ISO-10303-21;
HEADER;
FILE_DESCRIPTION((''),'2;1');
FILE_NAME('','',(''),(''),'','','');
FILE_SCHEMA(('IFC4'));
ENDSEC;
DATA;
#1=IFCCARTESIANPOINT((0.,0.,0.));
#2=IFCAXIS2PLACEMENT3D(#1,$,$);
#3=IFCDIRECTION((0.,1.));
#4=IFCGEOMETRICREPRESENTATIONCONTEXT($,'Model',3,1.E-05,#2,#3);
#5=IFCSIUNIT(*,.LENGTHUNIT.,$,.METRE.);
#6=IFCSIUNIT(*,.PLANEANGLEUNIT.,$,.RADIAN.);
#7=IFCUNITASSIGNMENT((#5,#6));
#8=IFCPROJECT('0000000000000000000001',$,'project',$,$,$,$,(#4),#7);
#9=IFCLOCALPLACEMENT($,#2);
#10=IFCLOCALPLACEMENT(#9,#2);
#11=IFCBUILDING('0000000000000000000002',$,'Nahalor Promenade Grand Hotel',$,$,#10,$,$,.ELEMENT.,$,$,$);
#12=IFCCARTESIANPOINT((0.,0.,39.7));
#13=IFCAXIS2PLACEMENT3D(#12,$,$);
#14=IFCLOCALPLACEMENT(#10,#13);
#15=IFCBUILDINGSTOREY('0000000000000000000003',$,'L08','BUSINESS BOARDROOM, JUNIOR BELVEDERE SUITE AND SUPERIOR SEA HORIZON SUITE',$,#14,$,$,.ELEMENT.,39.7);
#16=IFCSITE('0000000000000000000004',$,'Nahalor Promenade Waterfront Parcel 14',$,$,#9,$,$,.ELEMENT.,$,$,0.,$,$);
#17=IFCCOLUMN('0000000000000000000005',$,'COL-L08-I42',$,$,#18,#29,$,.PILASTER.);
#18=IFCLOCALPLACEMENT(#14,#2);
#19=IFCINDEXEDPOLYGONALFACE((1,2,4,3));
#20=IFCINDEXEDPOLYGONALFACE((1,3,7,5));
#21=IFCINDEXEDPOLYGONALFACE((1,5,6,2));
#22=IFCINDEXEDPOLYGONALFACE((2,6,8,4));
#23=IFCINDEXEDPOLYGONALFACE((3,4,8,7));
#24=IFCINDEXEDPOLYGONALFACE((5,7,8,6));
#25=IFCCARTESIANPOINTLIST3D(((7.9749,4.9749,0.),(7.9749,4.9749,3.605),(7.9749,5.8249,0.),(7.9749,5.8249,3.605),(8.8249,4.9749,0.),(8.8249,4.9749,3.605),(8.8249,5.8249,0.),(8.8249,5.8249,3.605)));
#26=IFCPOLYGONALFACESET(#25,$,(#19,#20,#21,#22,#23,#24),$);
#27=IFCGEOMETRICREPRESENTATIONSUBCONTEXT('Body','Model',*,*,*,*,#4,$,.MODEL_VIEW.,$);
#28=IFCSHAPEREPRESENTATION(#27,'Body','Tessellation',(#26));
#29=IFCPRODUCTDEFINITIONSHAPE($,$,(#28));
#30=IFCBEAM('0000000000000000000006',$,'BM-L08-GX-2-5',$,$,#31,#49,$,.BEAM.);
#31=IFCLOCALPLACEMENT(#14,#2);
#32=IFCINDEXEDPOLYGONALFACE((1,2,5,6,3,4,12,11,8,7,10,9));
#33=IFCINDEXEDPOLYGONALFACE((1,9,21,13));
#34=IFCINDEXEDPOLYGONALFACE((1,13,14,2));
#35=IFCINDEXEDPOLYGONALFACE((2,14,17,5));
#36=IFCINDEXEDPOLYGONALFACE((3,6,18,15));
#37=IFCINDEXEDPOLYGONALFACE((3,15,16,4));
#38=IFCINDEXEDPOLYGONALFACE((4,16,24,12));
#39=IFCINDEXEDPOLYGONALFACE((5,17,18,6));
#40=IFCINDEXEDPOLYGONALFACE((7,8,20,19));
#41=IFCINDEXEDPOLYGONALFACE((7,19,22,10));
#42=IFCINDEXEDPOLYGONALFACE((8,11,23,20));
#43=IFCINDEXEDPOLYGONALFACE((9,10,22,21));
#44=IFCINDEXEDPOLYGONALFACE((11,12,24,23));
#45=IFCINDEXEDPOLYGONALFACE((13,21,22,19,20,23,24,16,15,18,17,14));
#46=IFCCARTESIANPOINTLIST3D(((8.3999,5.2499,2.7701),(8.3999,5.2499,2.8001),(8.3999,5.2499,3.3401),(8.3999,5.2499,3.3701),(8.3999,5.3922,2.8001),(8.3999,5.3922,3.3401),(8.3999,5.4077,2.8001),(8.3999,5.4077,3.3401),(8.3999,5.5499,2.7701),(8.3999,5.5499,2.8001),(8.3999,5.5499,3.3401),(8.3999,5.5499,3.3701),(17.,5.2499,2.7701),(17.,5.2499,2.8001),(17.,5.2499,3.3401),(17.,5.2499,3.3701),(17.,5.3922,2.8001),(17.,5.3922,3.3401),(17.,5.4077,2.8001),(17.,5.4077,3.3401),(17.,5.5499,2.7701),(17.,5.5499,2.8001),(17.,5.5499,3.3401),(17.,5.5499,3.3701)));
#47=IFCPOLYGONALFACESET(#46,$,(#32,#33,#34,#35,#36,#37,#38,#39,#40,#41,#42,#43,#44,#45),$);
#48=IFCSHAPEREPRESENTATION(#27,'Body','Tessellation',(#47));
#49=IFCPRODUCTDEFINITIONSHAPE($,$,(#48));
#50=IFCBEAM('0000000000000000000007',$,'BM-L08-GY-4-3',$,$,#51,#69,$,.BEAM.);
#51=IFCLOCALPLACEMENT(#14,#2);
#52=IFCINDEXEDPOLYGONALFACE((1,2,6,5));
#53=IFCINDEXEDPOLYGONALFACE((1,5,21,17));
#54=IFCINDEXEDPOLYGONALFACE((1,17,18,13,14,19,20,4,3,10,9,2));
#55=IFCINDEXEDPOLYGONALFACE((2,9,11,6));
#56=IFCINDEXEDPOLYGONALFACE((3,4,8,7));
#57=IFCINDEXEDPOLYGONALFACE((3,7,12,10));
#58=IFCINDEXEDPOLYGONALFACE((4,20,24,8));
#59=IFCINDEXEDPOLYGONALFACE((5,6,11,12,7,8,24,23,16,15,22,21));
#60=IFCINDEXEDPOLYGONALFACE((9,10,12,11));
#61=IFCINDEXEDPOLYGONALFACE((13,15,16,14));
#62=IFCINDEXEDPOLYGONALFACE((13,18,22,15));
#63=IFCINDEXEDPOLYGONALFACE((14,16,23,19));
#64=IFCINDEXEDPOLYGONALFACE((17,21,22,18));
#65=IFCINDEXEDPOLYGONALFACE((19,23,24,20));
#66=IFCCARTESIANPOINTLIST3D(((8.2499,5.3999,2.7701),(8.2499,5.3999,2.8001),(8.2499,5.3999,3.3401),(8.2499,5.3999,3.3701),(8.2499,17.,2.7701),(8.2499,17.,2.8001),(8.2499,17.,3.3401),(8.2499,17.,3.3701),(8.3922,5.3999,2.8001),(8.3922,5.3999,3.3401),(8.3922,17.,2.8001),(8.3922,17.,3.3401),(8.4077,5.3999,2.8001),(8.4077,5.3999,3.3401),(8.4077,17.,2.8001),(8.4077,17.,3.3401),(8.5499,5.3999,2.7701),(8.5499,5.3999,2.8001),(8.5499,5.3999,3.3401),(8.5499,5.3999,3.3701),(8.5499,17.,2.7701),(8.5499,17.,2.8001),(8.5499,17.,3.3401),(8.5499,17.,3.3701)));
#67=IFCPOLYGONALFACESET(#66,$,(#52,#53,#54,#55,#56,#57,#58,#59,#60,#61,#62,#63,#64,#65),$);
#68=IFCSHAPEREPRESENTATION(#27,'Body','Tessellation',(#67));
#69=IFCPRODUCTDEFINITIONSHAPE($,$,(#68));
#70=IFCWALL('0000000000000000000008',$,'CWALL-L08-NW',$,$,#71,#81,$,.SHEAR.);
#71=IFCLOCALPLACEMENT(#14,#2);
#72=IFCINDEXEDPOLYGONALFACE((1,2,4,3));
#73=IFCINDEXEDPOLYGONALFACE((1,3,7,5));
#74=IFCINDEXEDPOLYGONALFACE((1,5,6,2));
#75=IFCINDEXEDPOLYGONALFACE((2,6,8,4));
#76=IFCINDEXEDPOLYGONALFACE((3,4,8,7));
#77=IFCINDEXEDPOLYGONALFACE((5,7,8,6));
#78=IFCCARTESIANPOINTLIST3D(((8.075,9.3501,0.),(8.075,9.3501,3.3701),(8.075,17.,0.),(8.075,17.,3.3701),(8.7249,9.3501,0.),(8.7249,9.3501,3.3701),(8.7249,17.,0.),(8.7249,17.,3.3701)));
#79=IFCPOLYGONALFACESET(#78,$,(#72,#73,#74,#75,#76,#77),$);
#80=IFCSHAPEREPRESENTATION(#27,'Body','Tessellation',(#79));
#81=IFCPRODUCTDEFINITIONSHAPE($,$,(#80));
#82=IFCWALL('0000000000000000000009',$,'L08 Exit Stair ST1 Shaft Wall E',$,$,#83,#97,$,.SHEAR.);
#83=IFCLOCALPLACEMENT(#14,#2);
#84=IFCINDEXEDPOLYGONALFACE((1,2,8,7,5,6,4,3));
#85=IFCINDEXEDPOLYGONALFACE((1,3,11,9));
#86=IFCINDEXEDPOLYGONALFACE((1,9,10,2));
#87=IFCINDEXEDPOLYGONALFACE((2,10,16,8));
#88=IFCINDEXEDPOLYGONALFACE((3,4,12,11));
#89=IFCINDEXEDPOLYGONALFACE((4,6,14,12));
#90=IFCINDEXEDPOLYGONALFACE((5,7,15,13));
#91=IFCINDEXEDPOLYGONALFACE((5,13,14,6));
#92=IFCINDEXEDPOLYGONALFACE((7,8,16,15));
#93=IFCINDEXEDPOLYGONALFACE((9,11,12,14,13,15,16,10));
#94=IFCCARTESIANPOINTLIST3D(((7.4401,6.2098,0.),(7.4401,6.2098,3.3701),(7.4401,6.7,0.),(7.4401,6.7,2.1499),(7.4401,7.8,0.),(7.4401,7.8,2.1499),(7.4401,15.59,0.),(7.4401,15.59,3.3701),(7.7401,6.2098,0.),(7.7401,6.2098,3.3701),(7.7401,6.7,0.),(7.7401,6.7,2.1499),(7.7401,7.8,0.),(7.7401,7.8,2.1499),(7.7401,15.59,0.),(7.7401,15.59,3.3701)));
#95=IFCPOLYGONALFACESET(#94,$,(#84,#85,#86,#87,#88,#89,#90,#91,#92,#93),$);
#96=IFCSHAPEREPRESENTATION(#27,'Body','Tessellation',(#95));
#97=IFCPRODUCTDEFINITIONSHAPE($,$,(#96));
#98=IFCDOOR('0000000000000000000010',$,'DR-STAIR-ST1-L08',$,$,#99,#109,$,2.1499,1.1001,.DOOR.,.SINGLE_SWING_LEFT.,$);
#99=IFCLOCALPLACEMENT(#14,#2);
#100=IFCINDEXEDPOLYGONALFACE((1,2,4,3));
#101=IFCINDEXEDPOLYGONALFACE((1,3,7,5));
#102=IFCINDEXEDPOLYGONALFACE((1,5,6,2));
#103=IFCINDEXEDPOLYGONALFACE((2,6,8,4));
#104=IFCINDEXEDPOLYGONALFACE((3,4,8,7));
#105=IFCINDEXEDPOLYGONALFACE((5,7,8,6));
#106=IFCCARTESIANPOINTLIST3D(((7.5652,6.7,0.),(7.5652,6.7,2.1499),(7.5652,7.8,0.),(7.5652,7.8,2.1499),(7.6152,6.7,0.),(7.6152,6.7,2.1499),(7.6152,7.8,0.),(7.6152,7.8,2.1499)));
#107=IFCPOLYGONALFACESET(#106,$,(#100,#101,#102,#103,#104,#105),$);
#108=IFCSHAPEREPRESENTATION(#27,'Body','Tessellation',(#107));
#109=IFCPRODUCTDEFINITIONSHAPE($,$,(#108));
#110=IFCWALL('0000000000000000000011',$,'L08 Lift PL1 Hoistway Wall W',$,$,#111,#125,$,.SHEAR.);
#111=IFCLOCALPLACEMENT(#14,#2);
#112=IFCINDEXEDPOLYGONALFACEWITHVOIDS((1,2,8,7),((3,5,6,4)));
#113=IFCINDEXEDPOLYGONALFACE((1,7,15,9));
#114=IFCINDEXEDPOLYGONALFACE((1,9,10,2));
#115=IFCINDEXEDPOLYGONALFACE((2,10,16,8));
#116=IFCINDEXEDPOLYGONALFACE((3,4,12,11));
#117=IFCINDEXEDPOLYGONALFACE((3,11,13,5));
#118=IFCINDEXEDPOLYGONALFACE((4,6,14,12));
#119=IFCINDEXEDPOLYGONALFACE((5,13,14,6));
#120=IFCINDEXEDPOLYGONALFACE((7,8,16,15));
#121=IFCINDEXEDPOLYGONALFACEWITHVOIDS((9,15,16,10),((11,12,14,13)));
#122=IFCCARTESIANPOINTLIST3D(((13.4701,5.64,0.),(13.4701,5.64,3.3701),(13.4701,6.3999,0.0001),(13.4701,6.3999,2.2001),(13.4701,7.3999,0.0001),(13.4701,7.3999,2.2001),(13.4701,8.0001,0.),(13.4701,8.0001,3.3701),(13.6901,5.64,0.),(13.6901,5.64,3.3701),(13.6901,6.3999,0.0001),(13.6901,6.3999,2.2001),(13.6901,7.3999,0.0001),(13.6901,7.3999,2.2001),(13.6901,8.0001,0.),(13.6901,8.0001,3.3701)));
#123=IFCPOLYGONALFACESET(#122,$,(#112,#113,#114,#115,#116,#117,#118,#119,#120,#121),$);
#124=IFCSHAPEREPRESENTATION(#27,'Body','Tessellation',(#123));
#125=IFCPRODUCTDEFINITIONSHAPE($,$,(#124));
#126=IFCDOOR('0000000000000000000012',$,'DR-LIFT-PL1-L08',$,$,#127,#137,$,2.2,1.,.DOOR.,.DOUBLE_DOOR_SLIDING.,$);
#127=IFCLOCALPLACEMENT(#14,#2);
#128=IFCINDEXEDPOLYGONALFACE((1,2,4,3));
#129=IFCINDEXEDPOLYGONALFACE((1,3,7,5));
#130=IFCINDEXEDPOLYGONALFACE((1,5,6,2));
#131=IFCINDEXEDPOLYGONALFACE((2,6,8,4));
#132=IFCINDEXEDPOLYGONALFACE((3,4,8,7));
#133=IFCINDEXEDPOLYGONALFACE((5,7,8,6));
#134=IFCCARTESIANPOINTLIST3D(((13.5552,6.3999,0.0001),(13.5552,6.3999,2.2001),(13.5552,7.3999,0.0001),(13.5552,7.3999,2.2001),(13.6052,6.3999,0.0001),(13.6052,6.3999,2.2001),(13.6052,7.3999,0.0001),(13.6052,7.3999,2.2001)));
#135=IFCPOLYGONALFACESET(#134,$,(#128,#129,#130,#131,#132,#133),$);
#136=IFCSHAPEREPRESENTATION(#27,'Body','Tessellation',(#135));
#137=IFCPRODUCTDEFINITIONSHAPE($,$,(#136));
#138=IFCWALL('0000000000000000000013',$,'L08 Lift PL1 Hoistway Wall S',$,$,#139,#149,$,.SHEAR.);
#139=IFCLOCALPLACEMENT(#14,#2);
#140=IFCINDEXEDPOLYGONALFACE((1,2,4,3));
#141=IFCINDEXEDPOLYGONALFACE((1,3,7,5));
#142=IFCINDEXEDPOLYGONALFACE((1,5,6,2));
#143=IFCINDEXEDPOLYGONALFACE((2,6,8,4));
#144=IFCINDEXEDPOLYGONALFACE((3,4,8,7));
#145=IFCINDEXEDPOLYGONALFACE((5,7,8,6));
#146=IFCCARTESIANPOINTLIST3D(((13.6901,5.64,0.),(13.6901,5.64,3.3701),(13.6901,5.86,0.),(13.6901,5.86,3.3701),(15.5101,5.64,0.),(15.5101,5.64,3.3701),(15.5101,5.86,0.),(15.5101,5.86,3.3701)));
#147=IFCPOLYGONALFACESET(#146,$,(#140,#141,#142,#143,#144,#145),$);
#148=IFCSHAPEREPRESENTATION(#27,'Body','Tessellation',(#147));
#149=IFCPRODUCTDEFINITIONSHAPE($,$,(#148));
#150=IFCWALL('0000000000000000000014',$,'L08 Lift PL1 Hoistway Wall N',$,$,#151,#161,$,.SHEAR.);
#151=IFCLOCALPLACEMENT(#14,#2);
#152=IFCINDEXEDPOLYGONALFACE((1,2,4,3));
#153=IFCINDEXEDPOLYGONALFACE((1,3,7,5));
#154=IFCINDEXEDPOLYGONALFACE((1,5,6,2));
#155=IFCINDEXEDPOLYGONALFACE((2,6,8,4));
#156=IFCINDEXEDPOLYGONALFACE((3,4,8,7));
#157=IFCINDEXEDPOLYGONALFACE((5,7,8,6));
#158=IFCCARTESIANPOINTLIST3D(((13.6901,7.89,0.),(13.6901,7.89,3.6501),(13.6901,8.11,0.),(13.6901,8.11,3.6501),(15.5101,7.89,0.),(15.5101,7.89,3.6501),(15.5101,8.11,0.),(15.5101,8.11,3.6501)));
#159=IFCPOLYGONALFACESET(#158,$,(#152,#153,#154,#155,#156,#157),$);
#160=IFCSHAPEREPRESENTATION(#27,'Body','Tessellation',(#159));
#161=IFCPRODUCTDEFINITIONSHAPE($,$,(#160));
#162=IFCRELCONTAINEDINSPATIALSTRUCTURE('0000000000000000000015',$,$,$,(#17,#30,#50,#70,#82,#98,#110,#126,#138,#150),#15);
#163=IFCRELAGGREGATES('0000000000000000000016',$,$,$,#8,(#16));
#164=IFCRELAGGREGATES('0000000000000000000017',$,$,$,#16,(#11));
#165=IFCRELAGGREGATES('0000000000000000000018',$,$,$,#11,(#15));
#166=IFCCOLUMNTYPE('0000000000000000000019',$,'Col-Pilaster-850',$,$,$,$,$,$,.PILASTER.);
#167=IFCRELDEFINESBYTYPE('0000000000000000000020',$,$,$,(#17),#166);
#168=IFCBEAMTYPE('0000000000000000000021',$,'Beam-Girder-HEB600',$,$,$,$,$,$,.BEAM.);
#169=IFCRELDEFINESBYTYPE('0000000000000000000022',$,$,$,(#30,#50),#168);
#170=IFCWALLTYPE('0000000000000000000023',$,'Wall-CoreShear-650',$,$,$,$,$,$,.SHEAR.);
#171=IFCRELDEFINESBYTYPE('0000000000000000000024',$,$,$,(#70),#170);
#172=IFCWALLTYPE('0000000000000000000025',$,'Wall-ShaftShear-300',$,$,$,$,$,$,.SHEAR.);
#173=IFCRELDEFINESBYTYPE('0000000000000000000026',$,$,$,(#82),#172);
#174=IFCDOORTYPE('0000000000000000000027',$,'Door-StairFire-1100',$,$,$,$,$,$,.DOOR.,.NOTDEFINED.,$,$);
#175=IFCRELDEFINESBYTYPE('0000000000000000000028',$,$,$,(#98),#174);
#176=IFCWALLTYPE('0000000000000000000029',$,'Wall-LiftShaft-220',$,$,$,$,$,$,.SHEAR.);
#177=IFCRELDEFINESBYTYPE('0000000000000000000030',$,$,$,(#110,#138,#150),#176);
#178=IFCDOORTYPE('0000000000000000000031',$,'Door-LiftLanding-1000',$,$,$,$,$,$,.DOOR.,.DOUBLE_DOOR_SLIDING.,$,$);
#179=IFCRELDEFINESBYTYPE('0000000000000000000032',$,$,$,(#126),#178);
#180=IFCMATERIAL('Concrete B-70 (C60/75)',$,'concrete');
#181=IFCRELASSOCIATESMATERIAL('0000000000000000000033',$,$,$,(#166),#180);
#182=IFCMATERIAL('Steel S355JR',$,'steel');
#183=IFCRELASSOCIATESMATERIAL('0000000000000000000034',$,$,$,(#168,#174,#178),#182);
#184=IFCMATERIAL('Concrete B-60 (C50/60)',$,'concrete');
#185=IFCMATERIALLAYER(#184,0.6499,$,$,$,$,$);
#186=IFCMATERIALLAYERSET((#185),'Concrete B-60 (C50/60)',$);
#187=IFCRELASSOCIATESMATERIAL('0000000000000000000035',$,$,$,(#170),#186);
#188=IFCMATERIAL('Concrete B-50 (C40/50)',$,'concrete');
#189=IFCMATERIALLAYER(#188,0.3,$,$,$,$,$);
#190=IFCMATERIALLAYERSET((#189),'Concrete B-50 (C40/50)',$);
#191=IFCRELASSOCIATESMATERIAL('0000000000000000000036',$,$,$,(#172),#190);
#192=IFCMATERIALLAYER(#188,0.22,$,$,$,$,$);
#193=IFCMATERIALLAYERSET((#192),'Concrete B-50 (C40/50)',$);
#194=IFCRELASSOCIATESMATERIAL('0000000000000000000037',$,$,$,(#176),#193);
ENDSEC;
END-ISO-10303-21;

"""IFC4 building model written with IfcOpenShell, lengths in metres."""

from ifc_helpers import new_model, si_unit, direction, frame, frame_2d, origin, origin_2d, place, context, subcontext, project, spatial, rectangle, i_section, extrude, source, transform, mapped, material, layer, layer_set, material_profile, profile_set, type_object, element, fill, save


model = new_model("IFC4")

# Units and contexts
model_context = context("Model", 3, precision=1e-05, world=origin(), true_north=direction((0.0, 1.0)))
body_context = subcontext(model_context, "Body", "Model", "MODEL_VIEW")
ifc_project = project(units=[si_unit("LENGTHUNIT", "METRE"), si_unit("PLANEANGLEUNIT", "RADIAN")], contexts=[model_context])

# Site, building, storey
site_placement = place(None, origin())
site = spatial("IfcSite", under=ifc_project, at=site_placement, Name="Nahalor Promenade Waterfront Parcel 14", CompositionType="ELEMENT", RefElevation=0.0)
building_placement = place(site_placement, origin())
building = spatial("IfcBuilding", under=site, at=building_placement, Name="Nahalor Promenade Grand Hotel", CompositionType="ELEMENT")
storey_placement = place(building_placement, frame((0.0, 0.0, 39.7)))
storey = spatial("IfcBuildingStorey", under=building, at=storey_placement, Name="L08", Description="BUSINESS BOARDROOM, JUNIOR BELVEDERE SUITE AND SUPERIOR SEA HORIZON SUITE", CompositionType="ELEMENT", Elevation=39.7)

# Column
ifc_material_1 = material(Name="Concrete B-70 (C60/75)", Category="concrete")
ifc_material_profile_1 = material_profile(ifc_material_1, rectangle(XDim=0.85, YDim=0.85, at=origin_2d()), Name="RC 850x850")
ifc_profile_set_1 = profile_set([ifc_material_profile_1], Name="Concrete B-70 (C60/75)")
column_type = type_object("IfcColumnType", Name="Col-Pilaster-850", PredefinedType="PILASTER", material=ifc_profile_set_1)
shared_shape_1 = source(origin(), body_context, "Body", "SweptSolid", [
    extrude(rectangle(XDim=0.85, YDim=0.85, at=origin_2d()), origin(), (0.0, 0.0, 1.0), 3.605),
])
column_placement = place(storey_placement, frame((8.3999, 5.3999, 0.0), z_axis=(0.0, 0.0, 1.0), x_axis=(1.0, 0.0, 0.0)))
element("IfcColumn", 1, at=column_placement, inside=storey, type_object=column_type, Name="COL-L08-I42", PredefinedType="PILASTER", context=body_context, shape_type="MappedRepresentation", body=[
    mapped(shared_shape_1, transform((0.0, 0.0, 0.0), scale=1.0)),
])

# Beams
ifc_material_2 = material(Name="Steel S355JR", Category="steel")
ifc_material_profile_2 = material_profile(ifc_material_2, i_section(OverallWidth=0.3, OverallDepth=0.6, WebThickness=0.0155, FlangeThickness=0.03, at=origin_2d()), Name="HEB 600")
ifc_profile_set_2 = profile_set([ifc_material_profile_2], Name="Steel S355JR")
beam_type = type_object("IfcBeamType", Name="Beam-Girder-HEB600", PredefinedType="BEAM", material=ifc_profile_set_2)
shared_shape_2 = source(origin(), body_context, "Body", "SweptSolid", [
    extrude(i_section(OverallWidth=0.3, OverallDepth=0.6, WebThickness=0.0155, FlangeThickness=0.03, at=origin_2d()), origin(), (0.0, 0.0, 1.0), 8.6001),
])
beam_1_placement = place(storey_placement, frame((8.3999, 5.3999, 3.0701), z_axis=(1.0, 0.0, 0.0), x_axis=(0.0, 1.0, 0.0)))
element("IfcBeam", 2, at=beam_1_placement, inside=storey, type_object=beam_type, Name="BM-L08-GX-2-5", PredefinedType="BEAM", context=body_context, shape_type="MappedRepresentation", body=[
    mapped(shared_shape_2, transform((0.0, 0.0, 0.0), scale=1.0)),
])
shared_shape_3 = source(origin(), body_context, "Body", "SweptSolid", [
    extrude(i_section(OverallWidth=0.3, OverallDepth=0.6, WebThickness=0.0155, FlangeThickness=0.03, at=origin_2d()), origin(), (0.0, 0.0, 1.0), 11.6001),
])
beam_2_placement = place(storey_placement, frame((8.3999, 5.3999, 3.0701), z_axis=(0.0, 1.0, 0.0), x_axis=(-1.0, 0.0, 0.0)))
element("IfcBeam", 3, at=beam_2_placement, inside=storey, type_object=beam_type, Name="BM-L08-GY-4-3", PredefinedType="BEAM", context=body_context, shape_type="MappedRepresentation", body=[
    mapped(shared_shape_3, transform((0.0, 0.0, 0.0), scale=1.0)),
])

# Wall
ifc_material_3 = material(Name="Concrete B-60 (C50/60)", Category="concrete")
ifc_layer_1 = layer(ifc_material_3, 0.6499)
ifc_layer_set_1 = layer_set([ifc_layer_1], Name="Concrete B-60 (C50/60)")
wall_type_1 = type_object("IfcWallType", Name="Wall-CoreShear-650", PredefinedType="SHEAR", material=ifc_layer_set_1)
shared_shape_4 = source(origin(), body_context, "Body", "SweptSolid", [
    extrude(rectangle(XDim=7.6499, YDim=0.6499, at=frame_2d((3.825, 0.0))), origin(), (0.0, 0.0, 1.0), 3.3701),
])
wall_1_placement = place(storey_placement, frame((8.3999, 9.3501, 0.0), z_axis=(0.0, 0.0, 1.0), x_axis=(0.0, 1.0, 0.0)))
element("IfcWall", 4, at=wall_1_placement, inside=storey, type_object=wall_type_1, Name="CWALL-L08-NW", PredefinedType="SHEAR", context=body_context, shape_type="MappedRepresentation", body=[
    mapped(shared_shape_4, transform((0.0, 0.0, 0.0), scale=1.0)),
])

# Walls, openings, doors
ifc_material_4 = material(Name="Concrete B-50 (C40/50)", Category="concrete")
ifc_layer_2 = layer(ifc_material_4, 0.3)
ifc_layer_set_2 = layer_set([ifc_layer_2], Name="Concrete B-50 (C40/50)")
wall_type_2 = type_object("IfcWallType", Name="Wall-ShaftShear-300", PredefinedType="SHEAR", material=ifc_layer_set_2)
shared_shape_5 = source(origin(), body_context, "Body", "SweptSolid", [
    extrude(rectangle(XDim=9.3801, YDim=0.3, at=frame_2d((4.6899, 0.0))), origin(), (0.0, 0.0, 1.0), 3.3701),
])
wall_2_placement = place(storey_placement, frame((7.5901, 6.21, 0.0), z_axis=(0.0, 0.0, 1.0), x_axis=(0.0, 1.0, 0.0)))
wall_2 = element("IfcWall", 5, at=wall_2_placement, inside=storey, type_object=wall_type_2, Name="L08 Exit Stair ST1 Shaft Wall E", PredefinedType="SHEAR", context=body_context, shape_type="MappedRepresentation", body=[
    mapped(shared_shape_5, transform((0.0, 0.0, 0.0), scale=1.0)),
])
opening_1_placement = place(wall_2_placement, frame((0.49, 0.0, 0.0)))
opening_1 = element("IfcOpeningElement", 6, at=opening_1_placement, cuts=wall_2, PredefinedType="OPENING", context=body_context, shape_type="SweptSolid", body=[
    extrude(rectangle(XDim=1.1001, YDim=2.1499, at=frame_2d((0.55, 1.075))), frame((0.0, 0.1599, 0.0), z_axis=(0.0, -1.0, 0.0), x_axis=(1.0, 0.0, 0.0)), (0.0, 0.0, 1.0), 0.3201),
])
door_type_1 = type_object("IfcDoorType", Name="Door-StairFire-1100", OperationType="NOTDEFINED", PredefinedType="DOOR", material=ifc_material_2)
shared_shape_6 = source(origin(), body_context, "Body", "SweptSolid", [
    extrude(rectangle(XDim=1.1001, YDim=2.1499, at=frame_2d((0.55, 1.075))), frame((0.0, 0.0249, 0.0), z_axis=(0.0, -1.0, 0.0), x_axis=(1.0, 0.0, 0.0)), (0.0, 0.0, 1.0), 0.05),
])
door_1_placement = place(opening_1_placement, origin())
door_1 = element("IfcDoor", 7, at=door_1_placement, inside=storey, type_object=door_type_1, Name="DR-STAIR-ST1-L08", OperationType="SINGLE_SWING_LEFT", OverallHeight=2.1499, OverallWidth=1.1001, PredefinedType="DOOR", context=body_context, shape_type="MappedRepresentation", body=[
    mapped(shared_shape_6, transform((0.0, 0.0, 0.0), scale=1.0)),
])
fill(opening_1, door_1)
ifc_layer_3 = layer(ifc_material_4, 0.22)
ifc_layer_set_3 = layer_set([ifc_layer_3], Name="Concrete B-50 (C40/50)")
wall_type_3 = type_object("IfcWallType", Name="Wall-LiftShaft-220", PredefinedType="SHEAR", material=ifc_layer_set_3)
shared_shape_7 = source(origin(), body_context, "Body", "SweptSolid", [
    extrude(rectangle(XDim=2.3601, YDim=0.22, at=frame_2d((1.1802, 0.0))), origin(), (0.0, 0.0, 1.0), 3.3701),
])
wall_3_placement = place(storey_placement, frame((13.5801, 5.6399, 0.0), z_axis=(0.0, 0.0, 1.0), x_axis=(0.0, 1.0, 0.0)))
wall_3 = element("IfcWall", 8, at=wall_3_placement, inside=storey, type_object=wall_type_3, Name="L08 Lift PL1 Hoistway Wall W", PredefinedType="SHEAR", context=body_context, shape_type="MappedRepresentation", body=[
    mapped(shared_shape_7, transform((0.0, 0.0, 0.0), scale=1.0)),
])
opening_2_placement = place(wall_3_placement, frame((0.76, 0.0, 0.0)))
opening_2 = element("IfcOpeningElement", 9, at=opening_2_placement, cuts=wall_3, PredefinedType="OPENING", context=body_context, shape_type="SweptSolid", body=[
    extrude(rectangle(XDim=1.0, YDim=2.2, at=frame_2d((0.5, 1.1001))), frame((0.0, 0.1199, 0.0), z_axis=(0.0, -1.0, 0.0), x_axis=(1.0, 0.0, 0.0)), (0.0, 0.0, 1.0), 0.24),
])
door_type_2 = type_object("IfcDoorType", Name="Door-LiftLanding-1000", OperationType="DOUBLE_DOOR_SLIDING", PredefinedType="DOOR", material=ifc_material_2)
shared_shape_8 = source(origin(), body_context, "Body", "SweptSolid", [
    extrude(rectangle(XDim=1.0, YDim=2.2, at=frame_2d((0.5, 1.1001))), frame((0.0, 0.0249, 0.0), z_axis=(0.0, -1.0, 0.0), x_axis=(1.0, 0.0, 0.0)), (0.0, 0.0, 1.0), 0.05),
])
door_2_placement = place(opening_2_placement, origin())
door_2 = element("IfcDoor", 10, at=door_2_placement, inside=storey, type_object=door_type_2, Name="DR-LIFT-PL1-L08", OperationType="DOUBLE_DOOR_SLIDING", OverallHeight=2.2, OverallWidth=1.0, PredefinedType="DOOR", context=body_context, shape_type="MappedRepresentation", body=[
    mapped(shared_shape_8, transform((0.0, 0.0, 0.0), scale=1.0)),
])
fill(opening_2, door_2)

# Walls
shared_shape_9 = source(origin(), body_context, "Body", "SweptSolid", [
    extrude(rectangle(XDim=1.8201, YDim=0.22, at=frame_2d((0.9102, 0.0))), origin(), (0.0, 0.0, 1.0), 3.3701),
])
wall_4_placement = place(storey_placement, frame((13.6899, 5.75, 0.0), z_axis=(0.0, 0.0, 1.0), x_axis=(1.0, 0.0, 0.0)))
element("IfcWall", 11, at=wall_4_placement, inside=storey, type_object=wall_type_3, Name="L08 Lift PL1 Hoistway Wall S", PredefinedType="SHEAR", context=body_context, shape_type="MappedRepresentation", body=[
    mapped(shared_shape_9, transform((0.0, 0.0, 0.0), scale=1.0)),
])
shared_shape_10 = source(origin(), body_context, "Body", "SweptSolid", [
    extrude(rectangle(XDim=1.8201, YDim=0.22, at=frame_2d((0.9102, 0.0))), origin(), (0.0, 0.0, 1.0), 3.6501),
])
wall_5_placement = place(storey_placement, frame((13.6899, 8.0, 0.0), z_axis=(0.0, 0.0, 1.0), x_axis=(1.0, 0.0, 0.0)))
element("IfcWall", 12, at=wall_5_placement, inside=storey, type_object=wall_type_3, Name="L08 Lift PL1 Hoistway Wall N", PredefinedType="SHEAR", context=body_context, shape_type="MappedRepresentation", body=[
    mapped(shared_shape_10, transform((0.0, 0.0, 0.0), scale=1.0)),
])

save(model, "model.ifc")
